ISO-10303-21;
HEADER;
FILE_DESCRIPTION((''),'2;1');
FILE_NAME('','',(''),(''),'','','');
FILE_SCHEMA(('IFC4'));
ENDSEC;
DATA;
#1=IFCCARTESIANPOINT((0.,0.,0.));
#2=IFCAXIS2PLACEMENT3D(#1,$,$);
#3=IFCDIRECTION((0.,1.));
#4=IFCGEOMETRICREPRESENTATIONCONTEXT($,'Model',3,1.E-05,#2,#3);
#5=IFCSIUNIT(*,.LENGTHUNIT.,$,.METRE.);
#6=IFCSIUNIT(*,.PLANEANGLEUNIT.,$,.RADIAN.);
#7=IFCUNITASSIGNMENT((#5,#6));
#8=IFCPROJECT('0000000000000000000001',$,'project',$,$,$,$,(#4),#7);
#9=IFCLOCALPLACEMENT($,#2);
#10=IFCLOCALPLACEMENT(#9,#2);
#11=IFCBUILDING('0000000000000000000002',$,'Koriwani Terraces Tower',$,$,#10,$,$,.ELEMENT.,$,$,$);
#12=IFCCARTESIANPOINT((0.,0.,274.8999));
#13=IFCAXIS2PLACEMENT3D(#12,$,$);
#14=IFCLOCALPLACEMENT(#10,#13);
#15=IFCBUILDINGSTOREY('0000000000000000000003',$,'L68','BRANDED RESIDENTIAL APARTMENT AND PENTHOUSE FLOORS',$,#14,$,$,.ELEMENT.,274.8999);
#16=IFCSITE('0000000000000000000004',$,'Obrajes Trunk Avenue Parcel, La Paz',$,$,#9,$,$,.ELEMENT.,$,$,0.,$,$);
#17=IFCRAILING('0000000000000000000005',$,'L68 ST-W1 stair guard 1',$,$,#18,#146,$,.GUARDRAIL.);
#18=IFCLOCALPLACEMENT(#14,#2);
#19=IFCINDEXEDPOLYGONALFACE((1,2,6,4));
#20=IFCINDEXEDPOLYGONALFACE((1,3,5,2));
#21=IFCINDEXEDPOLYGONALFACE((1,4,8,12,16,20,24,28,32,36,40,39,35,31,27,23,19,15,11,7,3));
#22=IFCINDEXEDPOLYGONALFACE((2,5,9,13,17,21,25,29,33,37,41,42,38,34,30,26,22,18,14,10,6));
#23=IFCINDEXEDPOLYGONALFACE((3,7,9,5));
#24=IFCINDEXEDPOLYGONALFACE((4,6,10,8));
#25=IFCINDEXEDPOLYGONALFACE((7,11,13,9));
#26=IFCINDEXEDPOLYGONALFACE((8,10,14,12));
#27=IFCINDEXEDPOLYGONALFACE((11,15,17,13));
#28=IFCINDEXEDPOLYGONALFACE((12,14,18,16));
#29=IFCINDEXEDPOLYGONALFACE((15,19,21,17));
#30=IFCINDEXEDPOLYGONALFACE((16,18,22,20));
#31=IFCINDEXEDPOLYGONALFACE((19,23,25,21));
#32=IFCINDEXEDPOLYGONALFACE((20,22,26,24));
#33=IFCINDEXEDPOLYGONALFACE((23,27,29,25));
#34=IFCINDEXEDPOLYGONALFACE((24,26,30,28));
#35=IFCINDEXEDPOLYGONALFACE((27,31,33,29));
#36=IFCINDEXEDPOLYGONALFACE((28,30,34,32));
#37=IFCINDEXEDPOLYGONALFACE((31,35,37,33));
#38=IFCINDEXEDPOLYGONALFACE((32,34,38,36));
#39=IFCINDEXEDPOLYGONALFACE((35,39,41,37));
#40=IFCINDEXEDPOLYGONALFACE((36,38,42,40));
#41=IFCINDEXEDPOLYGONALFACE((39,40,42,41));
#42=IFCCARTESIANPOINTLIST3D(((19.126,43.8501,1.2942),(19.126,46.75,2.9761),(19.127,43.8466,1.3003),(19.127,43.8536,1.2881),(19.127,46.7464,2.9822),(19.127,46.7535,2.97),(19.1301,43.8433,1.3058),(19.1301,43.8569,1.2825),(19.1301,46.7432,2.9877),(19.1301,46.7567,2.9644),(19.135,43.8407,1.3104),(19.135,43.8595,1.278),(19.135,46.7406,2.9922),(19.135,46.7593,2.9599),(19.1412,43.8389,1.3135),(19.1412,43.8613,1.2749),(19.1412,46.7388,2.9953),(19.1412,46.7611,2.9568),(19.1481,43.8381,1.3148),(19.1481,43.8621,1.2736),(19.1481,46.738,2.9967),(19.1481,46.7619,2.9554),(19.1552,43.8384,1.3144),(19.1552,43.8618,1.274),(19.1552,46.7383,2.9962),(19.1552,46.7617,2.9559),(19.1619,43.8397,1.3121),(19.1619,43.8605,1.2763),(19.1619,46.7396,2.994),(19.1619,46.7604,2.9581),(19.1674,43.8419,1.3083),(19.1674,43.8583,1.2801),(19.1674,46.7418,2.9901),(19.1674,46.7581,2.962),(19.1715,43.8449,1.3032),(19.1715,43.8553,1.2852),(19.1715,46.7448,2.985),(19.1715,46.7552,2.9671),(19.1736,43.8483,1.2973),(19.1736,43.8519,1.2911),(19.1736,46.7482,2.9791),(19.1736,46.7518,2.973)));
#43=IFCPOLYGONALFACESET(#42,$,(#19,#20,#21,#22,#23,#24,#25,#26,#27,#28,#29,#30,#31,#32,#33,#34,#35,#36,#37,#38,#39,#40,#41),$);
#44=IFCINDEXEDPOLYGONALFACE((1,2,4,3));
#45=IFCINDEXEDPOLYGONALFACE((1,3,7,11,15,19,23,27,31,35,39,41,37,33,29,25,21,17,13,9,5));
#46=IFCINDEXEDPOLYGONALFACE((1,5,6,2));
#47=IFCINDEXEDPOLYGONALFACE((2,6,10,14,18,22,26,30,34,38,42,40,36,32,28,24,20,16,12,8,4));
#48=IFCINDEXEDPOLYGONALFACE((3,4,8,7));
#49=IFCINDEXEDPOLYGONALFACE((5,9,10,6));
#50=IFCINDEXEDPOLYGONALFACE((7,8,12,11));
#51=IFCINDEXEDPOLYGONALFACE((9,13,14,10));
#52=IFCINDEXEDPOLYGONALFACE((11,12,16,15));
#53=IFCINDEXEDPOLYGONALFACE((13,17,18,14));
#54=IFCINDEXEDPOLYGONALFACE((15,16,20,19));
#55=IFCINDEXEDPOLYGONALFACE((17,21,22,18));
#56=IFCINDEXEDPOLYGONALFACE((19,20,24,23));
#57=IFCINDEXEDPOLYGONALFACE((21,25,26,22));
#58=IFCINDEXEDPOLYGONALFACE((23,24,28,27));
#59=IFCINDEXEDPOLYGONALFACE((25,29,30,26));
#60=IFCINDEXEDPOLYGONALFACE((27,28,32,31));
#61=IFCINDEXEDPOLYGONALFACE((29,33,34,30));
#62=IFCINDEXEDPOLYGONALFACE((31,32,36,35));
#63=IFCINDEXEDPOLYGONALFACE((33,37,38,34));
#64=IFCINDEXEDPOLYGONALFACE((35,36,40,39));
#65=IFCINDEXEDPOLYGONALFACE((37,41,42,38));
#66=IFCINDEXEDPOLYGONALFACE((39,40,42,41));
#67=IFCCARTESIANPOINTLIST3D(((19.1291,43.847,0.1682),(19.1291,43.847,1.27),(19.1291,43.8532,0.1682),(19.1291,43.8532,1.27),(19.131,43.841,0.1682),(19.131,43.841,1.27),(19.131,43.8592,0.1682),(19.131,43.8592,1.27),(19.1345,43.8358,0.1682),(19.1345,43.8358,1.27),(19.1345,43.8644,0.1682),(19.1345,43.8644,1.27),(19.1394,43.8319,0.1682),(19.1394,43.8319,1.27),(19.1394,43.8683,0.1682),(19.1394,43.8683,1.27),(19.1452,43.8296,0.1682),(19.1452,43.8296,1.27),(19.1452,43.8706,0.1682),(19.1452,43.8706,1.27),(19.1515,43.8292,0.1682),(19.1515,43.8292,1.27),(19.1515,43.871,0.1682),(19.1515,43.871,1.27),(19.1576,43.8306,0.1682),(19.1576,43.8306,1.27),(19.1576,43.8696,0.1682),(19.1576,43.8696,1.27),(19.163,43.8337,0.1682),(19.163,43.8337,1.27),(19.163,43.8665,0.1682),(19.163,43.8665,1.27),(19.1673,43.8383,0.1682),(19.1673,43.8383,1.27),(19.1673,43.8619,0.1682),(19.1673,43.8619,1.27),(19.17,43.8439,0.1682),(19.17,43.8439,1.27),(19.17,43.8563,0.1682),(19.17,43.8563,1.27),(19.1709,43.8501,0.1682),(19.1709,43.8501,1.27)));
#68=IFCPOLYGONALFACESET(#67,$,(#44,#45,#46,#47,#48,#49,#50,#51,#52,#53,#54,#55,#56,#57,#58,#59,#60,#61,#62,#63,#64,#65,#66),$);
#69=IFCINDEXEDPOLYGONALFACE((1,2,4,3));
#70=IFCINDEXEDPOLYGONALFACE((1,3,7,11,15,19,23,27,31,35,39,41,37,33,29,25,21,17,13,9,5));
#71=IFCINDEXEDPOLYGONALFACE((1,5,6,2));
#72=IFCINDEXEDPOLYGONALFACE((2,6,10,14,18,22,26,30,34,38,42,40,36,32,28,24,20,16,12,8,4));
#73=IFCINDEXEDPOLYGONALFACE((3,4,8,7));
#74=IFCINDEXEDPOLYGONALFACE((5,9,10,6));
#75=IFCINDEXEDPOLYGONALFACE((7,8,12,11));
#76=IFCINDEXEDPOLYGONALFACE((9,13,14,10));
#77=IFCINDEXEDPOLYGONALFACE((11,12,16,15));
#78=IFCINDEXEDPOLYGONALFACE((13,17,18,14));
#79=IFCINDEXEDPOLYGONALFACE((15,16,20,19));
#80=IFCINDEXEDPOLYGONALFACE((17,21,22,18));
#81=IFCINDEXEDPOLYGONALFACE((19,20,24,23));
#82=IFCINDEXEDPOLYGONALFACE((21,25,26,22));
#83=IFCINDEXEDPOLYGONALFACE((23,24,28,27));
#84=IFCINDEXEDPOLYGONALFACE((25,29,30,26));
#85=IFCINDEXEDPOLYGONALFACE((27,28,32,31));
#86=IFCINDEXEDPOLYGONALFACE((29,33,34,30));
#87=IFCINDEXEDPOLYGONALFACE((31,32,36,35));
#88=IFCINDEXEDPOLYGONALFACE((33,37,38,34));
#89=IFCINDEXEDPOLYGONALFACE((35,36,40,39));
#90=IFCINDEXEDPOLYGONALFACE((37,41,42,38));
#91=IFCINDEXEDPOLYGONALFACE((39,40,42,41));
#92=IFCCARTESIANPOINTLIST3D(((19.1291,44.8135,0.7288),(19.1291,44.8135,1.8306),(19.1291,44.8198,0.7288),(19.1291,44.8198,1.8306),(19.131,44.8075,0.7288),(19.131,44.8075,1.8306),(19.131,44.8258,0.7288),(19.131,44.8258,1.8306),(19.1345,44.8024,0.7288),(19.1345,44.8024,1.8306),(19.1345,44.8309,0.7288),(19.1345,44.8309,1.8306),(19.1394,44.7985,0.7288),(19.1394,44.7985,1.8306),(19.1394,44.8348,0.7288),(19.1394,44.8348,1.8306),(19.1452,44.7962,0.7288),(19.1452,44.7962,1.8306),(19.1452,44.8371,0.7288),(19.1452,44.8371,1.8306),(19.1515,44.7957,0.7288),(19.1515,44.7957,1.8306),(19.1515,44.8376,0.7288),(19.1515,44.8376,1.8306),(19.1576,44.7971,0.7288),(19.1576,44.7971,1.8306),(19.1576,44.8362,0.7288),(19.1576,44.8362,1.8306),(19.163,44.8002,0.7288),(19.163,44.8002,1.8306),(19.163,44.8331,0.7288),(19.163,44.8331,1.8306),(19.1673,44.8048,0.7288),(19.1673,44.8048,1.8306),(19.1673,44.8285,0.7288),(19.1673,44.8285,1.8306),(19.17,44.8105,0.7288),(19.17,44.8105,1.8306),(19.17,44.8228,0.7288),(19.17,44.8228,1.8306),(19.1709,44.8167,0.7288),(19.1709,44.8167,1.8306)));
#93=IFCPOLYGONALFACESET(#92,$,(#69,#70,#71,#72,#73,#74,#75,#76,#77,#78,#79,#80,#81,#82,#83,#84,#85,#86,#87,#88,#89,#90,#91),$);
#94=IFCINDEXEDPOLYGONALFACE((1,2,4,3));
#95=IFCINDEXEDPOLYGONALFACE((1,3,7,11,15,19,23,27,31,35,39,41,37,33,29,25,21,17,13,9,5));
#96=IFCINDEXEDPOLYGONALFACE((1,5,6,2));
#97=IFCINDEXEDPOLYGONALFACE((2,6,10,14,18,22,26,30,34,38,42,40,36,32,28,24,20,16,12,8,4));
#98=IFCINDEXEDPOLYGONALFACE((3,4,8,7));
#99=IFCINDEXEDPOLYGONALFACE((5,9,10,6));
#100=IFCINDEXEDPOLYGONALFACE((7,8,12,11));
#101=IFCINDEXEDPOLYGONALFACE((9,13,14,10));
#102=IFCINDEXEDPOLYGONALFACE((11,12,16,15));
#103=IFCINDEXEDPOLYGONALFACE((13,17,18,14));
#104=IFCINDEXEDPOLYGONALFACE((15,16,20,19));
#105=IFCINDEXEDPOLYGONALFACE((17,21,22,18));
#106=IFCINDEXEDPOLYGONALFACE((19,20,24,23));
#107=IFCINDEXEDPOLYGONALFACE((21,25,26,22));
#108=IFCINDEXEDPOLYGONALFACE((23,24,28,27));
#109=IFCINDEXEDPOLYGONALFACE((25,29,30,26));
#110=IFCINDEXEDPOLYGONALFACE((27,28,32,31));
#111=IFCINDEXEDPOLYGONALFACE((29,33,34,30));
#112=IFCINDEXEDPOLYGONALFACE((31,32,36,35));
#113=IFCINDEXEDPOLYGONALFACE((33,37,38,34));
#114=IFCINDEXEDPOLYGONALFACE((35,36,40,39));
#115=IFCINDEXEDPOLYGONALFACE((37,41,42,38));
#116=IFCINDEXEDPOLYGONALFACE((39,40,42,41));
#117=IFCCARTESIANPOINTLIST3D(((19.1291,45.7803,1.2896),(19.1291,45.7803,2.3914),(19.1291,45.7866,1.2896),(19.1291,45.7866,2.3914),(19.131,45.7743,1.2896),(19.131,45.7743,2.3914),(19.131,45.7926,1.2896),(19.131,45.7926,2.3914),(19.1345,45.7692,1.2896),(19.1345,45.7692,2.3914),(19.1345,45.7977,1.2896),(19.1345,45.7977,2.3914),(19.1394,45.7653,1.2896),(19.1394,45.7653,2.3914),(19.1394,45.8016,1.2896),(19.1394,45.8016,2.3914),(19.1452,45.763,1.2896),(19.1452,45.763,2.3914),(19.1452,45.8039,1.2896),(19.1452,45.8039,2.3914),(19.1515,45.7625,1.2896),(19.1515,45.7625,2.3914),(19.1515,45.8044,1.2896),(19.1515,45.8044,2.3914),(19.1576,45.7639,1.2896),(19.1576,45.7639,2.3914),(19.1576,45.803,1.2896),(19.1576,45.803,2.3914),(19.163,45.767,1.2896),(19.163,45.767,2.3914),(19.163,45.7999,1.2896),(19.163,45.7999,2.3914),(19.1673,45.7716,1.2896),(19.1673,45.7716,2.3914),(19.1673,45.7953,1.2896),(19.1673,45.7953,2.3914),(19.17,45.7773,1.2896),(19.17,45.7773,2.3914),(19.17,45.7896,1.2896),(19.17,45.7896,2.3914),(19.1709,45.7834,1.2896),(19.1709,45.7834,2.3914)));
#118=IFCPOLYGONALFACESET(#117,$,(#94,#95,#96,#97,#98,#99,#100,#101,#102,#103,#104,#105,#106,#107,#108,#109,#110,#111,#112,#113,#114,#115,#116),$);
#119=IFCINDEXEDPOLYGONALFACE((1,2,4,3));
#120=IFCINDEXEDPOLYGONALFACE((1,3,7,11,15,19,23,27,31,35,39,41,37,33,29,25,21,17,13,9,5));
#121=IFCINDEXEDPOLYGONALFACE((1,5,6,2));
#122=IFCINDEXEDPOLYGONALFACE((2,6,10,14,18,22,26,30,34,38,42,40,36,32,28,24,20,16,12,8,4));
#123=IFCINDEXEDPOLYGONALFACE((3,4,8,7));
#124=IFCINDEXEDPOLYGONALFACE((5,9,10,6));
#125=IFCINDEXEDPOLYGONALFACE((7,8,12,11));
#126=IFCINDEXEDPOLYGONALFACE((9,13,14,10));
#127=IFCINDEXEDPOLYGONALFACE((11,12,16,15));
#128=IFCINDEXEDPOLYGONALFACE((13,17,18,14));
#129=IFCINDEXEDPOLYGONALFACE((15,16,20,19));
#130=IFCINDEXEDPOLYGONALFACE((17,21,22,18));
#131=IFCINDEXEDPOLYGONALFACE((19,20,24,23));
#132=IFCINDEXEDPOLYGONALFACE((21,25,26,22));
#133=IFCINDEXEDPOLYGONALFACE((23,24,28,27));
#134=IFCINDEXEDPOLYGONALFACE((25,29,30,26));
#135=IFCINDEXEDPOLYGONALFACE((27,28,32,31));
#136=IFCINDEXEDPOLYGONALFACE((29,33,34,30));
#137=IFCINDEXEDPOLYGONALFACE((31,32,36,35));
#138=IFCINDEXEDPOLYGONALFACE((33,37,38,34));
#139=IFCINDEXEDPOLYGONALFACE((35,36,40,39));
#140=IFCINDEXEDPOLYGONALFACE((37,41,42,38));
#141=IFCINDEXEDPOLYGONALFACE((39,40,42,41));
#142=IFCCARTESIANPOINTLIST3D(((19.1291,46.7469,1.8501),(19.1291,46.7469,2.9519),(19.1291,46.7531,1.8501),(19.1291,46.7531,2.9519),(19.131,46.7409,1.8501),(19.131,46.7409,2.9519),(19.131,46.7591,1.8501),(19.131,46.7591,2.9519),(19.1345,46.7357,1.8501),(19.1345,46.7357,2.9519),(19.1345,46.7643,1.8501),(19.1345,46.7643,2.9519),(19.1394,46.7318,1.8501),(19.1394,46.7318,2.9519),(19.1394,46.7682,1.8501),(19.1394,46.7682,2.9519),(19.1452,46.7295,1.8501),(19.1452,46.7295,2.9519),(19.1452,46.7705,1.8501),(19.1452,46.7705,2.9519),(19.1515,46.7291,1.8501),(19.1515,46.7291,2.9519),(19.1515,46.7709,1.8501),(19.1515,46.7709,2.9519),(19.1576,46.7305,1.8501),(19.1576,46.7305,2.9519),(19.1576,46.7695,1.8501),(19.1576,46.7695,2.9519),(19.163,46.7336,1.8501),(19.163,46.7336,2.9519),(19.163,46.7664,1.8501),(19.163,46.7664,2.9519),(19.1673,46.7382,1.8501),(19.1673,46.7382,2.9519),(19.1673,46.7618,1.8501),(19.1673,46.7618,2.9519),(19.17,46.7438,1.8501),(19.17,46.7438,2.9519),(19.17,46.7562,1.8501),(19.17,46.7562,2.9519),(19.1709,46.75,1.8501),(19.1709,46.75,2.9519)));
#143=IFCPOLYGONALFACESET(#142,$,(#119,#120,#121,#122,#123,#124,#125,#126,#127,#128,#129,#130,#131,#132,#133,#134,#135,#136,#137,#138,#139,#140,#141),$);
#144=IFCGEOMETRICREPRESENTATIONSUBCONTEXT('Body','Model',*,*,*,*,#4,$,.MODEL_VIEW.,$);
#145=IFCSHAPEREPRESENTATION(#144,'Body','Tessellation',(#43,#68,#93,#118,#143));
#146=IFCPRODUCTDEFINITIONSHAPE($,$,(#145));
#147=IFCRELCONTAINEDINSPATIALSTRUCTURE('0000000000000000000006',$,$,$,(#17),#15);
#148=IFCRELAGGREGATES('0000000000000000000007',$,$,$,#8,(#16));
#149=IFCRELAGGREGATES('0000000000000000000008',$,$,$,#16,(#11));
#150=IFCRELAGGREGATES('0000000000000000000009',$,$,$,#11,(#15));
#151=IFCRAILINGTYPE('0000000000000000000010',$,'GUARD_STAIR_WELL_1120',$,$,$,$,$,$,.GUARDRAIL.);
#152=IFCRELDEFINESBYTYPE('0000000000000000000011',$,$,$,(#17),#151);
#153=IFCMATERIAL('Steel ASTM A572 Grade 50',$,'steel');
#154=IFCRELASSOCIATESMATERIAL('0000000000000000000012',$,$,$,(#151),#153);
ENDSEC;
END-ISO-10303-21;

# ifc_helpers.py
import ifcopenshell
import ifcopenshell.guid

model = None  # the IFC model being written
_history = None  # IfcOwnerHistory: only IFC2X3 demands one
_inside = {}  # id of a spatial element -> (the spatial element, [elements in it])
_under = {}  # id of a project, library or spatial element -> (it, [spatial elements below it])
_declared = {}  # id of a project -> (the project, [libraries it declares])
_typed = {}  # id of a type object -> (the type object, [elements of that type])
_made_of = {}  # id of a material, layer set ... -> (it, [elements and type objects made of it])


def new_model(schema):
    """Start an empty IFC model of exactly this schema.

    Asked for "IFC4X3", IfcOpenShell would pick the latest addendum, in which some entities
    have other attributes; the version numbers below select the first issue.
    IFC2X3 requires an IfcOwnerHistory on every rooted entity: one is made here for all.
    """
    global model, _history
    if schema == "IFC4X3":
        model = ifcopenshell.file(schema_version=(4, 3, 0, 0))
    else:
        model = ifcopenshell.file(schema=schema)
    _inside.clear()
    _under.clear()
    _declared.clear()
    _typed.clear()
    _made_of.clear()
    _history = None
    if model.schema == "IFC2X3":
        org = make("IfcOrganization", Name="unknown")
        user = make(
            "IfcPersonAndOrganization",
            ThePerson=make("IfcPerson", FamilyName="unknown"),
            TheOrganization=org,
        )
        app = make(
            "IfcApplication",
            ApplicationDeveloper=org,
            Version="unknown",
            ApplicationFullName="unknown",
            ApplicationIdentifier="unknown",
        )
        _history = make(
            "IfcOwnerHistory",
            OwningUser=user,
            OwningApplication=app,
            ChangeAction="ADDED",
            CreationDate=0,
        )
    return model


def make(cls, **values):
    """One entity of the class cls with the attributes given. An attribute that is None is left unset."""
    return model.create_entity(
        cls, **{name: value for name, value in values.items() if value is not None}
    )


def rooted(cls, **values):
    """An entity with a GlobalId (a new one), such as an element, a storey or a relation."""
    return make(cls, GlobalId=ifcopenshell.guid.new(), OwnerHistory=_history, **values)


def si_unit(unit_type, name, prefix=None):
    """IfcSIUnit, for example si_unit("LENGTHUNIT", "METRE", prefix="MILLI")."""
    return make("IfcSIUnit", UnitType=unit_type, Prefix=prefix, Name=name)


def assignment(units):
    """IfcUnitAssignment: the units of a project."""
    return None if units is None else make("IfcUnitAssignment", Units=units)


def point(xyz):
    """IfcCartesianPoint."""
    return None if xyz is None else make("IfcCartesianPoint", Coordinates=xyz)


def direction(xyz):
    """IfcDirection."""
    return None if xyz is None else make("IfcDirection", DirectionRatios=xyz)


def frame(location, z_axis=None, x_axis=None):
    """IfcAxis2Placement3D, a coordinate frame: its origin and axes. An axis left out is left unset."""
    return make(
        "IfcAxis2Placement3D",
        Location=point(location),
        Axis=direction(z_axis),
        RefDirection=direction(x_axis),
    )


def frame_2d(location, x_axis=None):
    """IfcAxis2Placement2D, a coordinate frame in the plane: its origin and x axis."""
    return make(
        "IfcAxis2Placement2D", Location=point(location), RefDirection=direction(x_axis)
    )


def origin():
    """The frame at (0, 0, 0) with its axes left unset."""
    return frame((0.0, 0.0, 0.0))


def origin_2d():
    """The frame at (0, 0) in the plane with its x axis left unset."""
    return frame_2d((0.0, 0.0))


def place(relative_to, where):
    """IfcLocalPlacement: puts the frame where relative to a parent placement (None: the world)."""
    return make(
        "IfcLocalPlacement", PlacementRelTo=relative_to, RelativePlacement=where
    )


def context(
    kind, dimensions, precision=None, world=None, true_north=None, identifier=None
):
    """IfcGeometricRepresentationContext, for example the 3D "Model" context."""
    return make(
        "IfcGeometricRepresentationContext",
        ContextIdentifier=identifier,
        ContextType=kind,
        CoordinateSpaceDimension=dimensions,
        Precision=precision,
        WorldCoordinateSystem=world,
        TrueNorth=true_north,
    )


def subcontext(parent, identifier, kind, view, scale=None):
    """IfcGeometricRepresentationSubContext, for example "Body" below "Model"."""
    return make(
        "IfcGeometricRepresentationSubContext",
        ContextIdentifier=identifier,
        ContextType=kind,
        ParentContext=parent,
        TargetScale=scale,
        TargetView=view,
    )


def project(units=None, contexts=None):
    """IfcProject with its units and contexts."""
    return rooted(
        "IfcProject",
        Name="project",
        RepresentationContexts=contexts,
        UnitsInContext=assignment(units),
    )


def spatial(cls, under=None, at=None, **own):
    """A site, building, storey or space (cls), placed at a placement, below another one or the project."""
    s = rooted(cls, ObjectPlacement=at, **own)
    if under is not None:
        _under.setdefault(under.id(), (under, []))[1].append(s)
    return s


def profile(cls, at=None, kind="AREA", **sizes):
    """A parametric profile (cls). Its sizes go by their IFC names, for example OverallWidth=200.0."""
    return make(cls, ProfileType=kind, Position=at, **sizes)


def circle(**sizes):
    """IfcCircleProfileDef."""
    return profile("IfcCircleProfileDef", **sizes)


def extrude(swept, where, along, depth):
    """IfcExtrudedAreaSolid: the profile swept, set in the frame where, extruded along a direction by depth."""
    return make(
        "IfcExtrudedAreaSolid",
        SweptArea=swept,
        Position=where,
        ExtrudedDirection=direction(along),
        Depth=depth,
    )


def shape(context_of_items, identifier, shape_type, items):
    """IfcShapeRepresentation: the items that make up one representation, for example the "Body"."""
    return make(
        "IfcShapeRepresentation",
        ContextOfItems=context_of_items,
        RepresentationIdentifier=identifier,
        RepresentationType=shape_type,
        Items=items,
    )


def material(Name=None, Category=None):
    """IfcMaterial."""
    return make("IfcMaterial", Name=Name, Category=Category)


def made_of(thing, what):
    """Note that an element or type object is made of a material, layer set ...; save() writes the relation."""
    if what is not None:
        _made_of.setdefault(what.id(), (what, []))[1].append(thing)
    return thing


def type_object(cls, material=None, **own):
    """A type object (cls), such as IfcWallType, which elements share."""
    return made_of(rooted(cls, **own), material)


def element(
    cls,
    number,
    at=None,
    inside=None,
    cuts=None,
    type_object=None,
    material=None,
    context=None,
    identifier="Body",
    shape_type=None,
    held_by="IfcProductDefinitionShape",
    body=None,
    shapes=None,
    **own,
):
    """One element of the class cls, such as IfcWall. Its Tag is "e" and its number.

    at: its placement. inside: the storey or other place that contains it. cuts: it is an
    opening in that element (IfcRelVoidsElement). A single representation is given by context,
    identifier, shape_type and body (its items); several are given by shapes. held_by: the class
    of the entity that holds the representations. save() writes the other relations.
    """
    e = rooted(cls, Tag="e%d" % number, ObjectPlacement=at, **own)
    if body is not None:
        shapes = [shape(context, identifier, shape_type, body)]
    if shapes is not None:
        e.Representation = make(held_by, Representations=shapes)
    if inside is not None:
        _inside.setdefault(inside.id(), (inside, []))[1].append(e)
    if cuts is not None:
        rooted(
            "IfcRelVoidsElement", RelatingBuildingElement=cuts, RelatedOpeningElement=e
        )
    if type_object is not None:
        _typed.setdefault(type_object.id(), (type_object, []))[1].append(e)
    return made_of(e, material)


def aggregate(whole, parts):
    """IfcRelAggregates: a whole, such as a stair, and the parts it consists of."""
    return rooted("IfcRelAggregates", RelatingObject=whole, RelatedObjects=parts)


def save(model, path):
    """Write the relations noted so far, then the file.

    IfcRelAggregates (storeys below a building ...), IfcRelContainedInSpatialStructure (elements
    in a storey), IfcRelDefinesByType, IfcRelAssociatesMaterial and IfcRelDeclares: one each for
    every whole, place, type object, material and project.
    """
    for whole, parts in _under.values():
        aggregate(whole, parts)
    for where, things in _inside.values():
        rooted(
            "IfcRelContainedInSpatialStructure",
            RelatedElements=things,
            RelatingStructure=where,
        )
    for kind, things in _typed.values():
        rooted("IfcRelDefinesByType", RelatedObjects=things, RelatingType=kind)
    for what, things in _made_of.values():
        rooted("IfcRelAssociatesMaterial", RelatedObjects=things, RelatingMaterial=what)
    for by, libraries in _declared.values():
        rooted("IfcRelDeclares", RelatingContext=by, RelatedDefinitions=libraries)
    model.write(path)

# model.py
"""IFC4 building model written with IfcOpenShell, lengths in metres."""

from ifc_helpers import new_model, si_unit, direction, frame, origin, origin_2d, place, context, subcontext, project, spatial, circle, extrude, material, type_object, element, save


model = new_model("IFC4")

# Units and contexts
model_context = context("Model", 3, precision=1e-05, world=origin(), true_north=direction((0.0, 1.0)))
body_context = subcontext(model_context, "Body", "Model", "MODEL_VIEW")
ifc_project = project(units=[si_unit("LENGTHUNIT", "METRE"), si_unit("PLANEANGLEUNIT", "RADIAN")], contexts=[model_context])

# Site, building, storey
site_placement = place(None, origin())
site = spatial("IfcSite", under=ifc_project, at=site_placement, Name="Obrajes Trunk Avenue Parcel, La Paz", CompositionType="ELEMENT", RefElevation=0.0)
building_placement = place(site_placement, origin())
building = spatial("IfcBuilding", under=site, at=building_placement, Name="Koriwani Terraces Tower", CompositionType="ELEMENT")
storey_placement = place(building_placement, frame((0.0, 0.0, 274.8999)))
storey = spatial("IfcBuildingStorey", under=building, at=storey_placement, Name="L68", Description="BRANDED RESIDENTIAL APARTMENT AND PENTHOUSE FLOORS", CompositionType="ELEMENT", Elevation=274.8999)

# Railing
ifc_material_1 = material(Name="Steel ASTM A572 Grade 50", Category="steel")
railing_type_1 = type_object("IfcRailingType", Name="GUARD_STAIR_WELL_1120", PredefinedType="GUARDRAIL", material=ifc_material_1)
railing_1_placement = place(storey_placement, frame((19.1499, 43.8501, 0.1682)))
element("IfcRailing", 1, at=railing_1_placement, inside=storey, type_object=railing_type_1, Name="L68 ST-W1 stair guard 1", PredefinedType="GUARDRAIL", context=body_context, shape_type="SweptSolid", body=[
    extrude(circle(Radius=0.0239, at=origin_2d()), frame((0.0, 0.0, 1.126), z_axis=(0.0, 0.865039, 0.501705), x_axis=(-1.0, 0.0, 0.0)), (0.0, 0.0, 1.0), 3.3523),
    extrude(circle(Radius=0.021, at=origin_2d()), origin(), (0.0, 0.0, 1.0), 1.1018),
    extrude(circle(Radius=0.021, at=origin_2d()), frame((0.0, 0.9666, 0.5605)), (0.0, 0.0, 1.0), 1.1018),
    extrude(circle(Radius=0.021, at=origin_2d()), frame((0.0, 1.9333, 1.1213)), (0.0, 0.0, 1.0), 1.1018),
    extrude(circle(Radius=0.021, at=origin_2d()), frame((0.0, 2.8999, 1.6819)), (0.0, 0.0, 1.0), 1.1018),
])

save(model, "model.ifc")
